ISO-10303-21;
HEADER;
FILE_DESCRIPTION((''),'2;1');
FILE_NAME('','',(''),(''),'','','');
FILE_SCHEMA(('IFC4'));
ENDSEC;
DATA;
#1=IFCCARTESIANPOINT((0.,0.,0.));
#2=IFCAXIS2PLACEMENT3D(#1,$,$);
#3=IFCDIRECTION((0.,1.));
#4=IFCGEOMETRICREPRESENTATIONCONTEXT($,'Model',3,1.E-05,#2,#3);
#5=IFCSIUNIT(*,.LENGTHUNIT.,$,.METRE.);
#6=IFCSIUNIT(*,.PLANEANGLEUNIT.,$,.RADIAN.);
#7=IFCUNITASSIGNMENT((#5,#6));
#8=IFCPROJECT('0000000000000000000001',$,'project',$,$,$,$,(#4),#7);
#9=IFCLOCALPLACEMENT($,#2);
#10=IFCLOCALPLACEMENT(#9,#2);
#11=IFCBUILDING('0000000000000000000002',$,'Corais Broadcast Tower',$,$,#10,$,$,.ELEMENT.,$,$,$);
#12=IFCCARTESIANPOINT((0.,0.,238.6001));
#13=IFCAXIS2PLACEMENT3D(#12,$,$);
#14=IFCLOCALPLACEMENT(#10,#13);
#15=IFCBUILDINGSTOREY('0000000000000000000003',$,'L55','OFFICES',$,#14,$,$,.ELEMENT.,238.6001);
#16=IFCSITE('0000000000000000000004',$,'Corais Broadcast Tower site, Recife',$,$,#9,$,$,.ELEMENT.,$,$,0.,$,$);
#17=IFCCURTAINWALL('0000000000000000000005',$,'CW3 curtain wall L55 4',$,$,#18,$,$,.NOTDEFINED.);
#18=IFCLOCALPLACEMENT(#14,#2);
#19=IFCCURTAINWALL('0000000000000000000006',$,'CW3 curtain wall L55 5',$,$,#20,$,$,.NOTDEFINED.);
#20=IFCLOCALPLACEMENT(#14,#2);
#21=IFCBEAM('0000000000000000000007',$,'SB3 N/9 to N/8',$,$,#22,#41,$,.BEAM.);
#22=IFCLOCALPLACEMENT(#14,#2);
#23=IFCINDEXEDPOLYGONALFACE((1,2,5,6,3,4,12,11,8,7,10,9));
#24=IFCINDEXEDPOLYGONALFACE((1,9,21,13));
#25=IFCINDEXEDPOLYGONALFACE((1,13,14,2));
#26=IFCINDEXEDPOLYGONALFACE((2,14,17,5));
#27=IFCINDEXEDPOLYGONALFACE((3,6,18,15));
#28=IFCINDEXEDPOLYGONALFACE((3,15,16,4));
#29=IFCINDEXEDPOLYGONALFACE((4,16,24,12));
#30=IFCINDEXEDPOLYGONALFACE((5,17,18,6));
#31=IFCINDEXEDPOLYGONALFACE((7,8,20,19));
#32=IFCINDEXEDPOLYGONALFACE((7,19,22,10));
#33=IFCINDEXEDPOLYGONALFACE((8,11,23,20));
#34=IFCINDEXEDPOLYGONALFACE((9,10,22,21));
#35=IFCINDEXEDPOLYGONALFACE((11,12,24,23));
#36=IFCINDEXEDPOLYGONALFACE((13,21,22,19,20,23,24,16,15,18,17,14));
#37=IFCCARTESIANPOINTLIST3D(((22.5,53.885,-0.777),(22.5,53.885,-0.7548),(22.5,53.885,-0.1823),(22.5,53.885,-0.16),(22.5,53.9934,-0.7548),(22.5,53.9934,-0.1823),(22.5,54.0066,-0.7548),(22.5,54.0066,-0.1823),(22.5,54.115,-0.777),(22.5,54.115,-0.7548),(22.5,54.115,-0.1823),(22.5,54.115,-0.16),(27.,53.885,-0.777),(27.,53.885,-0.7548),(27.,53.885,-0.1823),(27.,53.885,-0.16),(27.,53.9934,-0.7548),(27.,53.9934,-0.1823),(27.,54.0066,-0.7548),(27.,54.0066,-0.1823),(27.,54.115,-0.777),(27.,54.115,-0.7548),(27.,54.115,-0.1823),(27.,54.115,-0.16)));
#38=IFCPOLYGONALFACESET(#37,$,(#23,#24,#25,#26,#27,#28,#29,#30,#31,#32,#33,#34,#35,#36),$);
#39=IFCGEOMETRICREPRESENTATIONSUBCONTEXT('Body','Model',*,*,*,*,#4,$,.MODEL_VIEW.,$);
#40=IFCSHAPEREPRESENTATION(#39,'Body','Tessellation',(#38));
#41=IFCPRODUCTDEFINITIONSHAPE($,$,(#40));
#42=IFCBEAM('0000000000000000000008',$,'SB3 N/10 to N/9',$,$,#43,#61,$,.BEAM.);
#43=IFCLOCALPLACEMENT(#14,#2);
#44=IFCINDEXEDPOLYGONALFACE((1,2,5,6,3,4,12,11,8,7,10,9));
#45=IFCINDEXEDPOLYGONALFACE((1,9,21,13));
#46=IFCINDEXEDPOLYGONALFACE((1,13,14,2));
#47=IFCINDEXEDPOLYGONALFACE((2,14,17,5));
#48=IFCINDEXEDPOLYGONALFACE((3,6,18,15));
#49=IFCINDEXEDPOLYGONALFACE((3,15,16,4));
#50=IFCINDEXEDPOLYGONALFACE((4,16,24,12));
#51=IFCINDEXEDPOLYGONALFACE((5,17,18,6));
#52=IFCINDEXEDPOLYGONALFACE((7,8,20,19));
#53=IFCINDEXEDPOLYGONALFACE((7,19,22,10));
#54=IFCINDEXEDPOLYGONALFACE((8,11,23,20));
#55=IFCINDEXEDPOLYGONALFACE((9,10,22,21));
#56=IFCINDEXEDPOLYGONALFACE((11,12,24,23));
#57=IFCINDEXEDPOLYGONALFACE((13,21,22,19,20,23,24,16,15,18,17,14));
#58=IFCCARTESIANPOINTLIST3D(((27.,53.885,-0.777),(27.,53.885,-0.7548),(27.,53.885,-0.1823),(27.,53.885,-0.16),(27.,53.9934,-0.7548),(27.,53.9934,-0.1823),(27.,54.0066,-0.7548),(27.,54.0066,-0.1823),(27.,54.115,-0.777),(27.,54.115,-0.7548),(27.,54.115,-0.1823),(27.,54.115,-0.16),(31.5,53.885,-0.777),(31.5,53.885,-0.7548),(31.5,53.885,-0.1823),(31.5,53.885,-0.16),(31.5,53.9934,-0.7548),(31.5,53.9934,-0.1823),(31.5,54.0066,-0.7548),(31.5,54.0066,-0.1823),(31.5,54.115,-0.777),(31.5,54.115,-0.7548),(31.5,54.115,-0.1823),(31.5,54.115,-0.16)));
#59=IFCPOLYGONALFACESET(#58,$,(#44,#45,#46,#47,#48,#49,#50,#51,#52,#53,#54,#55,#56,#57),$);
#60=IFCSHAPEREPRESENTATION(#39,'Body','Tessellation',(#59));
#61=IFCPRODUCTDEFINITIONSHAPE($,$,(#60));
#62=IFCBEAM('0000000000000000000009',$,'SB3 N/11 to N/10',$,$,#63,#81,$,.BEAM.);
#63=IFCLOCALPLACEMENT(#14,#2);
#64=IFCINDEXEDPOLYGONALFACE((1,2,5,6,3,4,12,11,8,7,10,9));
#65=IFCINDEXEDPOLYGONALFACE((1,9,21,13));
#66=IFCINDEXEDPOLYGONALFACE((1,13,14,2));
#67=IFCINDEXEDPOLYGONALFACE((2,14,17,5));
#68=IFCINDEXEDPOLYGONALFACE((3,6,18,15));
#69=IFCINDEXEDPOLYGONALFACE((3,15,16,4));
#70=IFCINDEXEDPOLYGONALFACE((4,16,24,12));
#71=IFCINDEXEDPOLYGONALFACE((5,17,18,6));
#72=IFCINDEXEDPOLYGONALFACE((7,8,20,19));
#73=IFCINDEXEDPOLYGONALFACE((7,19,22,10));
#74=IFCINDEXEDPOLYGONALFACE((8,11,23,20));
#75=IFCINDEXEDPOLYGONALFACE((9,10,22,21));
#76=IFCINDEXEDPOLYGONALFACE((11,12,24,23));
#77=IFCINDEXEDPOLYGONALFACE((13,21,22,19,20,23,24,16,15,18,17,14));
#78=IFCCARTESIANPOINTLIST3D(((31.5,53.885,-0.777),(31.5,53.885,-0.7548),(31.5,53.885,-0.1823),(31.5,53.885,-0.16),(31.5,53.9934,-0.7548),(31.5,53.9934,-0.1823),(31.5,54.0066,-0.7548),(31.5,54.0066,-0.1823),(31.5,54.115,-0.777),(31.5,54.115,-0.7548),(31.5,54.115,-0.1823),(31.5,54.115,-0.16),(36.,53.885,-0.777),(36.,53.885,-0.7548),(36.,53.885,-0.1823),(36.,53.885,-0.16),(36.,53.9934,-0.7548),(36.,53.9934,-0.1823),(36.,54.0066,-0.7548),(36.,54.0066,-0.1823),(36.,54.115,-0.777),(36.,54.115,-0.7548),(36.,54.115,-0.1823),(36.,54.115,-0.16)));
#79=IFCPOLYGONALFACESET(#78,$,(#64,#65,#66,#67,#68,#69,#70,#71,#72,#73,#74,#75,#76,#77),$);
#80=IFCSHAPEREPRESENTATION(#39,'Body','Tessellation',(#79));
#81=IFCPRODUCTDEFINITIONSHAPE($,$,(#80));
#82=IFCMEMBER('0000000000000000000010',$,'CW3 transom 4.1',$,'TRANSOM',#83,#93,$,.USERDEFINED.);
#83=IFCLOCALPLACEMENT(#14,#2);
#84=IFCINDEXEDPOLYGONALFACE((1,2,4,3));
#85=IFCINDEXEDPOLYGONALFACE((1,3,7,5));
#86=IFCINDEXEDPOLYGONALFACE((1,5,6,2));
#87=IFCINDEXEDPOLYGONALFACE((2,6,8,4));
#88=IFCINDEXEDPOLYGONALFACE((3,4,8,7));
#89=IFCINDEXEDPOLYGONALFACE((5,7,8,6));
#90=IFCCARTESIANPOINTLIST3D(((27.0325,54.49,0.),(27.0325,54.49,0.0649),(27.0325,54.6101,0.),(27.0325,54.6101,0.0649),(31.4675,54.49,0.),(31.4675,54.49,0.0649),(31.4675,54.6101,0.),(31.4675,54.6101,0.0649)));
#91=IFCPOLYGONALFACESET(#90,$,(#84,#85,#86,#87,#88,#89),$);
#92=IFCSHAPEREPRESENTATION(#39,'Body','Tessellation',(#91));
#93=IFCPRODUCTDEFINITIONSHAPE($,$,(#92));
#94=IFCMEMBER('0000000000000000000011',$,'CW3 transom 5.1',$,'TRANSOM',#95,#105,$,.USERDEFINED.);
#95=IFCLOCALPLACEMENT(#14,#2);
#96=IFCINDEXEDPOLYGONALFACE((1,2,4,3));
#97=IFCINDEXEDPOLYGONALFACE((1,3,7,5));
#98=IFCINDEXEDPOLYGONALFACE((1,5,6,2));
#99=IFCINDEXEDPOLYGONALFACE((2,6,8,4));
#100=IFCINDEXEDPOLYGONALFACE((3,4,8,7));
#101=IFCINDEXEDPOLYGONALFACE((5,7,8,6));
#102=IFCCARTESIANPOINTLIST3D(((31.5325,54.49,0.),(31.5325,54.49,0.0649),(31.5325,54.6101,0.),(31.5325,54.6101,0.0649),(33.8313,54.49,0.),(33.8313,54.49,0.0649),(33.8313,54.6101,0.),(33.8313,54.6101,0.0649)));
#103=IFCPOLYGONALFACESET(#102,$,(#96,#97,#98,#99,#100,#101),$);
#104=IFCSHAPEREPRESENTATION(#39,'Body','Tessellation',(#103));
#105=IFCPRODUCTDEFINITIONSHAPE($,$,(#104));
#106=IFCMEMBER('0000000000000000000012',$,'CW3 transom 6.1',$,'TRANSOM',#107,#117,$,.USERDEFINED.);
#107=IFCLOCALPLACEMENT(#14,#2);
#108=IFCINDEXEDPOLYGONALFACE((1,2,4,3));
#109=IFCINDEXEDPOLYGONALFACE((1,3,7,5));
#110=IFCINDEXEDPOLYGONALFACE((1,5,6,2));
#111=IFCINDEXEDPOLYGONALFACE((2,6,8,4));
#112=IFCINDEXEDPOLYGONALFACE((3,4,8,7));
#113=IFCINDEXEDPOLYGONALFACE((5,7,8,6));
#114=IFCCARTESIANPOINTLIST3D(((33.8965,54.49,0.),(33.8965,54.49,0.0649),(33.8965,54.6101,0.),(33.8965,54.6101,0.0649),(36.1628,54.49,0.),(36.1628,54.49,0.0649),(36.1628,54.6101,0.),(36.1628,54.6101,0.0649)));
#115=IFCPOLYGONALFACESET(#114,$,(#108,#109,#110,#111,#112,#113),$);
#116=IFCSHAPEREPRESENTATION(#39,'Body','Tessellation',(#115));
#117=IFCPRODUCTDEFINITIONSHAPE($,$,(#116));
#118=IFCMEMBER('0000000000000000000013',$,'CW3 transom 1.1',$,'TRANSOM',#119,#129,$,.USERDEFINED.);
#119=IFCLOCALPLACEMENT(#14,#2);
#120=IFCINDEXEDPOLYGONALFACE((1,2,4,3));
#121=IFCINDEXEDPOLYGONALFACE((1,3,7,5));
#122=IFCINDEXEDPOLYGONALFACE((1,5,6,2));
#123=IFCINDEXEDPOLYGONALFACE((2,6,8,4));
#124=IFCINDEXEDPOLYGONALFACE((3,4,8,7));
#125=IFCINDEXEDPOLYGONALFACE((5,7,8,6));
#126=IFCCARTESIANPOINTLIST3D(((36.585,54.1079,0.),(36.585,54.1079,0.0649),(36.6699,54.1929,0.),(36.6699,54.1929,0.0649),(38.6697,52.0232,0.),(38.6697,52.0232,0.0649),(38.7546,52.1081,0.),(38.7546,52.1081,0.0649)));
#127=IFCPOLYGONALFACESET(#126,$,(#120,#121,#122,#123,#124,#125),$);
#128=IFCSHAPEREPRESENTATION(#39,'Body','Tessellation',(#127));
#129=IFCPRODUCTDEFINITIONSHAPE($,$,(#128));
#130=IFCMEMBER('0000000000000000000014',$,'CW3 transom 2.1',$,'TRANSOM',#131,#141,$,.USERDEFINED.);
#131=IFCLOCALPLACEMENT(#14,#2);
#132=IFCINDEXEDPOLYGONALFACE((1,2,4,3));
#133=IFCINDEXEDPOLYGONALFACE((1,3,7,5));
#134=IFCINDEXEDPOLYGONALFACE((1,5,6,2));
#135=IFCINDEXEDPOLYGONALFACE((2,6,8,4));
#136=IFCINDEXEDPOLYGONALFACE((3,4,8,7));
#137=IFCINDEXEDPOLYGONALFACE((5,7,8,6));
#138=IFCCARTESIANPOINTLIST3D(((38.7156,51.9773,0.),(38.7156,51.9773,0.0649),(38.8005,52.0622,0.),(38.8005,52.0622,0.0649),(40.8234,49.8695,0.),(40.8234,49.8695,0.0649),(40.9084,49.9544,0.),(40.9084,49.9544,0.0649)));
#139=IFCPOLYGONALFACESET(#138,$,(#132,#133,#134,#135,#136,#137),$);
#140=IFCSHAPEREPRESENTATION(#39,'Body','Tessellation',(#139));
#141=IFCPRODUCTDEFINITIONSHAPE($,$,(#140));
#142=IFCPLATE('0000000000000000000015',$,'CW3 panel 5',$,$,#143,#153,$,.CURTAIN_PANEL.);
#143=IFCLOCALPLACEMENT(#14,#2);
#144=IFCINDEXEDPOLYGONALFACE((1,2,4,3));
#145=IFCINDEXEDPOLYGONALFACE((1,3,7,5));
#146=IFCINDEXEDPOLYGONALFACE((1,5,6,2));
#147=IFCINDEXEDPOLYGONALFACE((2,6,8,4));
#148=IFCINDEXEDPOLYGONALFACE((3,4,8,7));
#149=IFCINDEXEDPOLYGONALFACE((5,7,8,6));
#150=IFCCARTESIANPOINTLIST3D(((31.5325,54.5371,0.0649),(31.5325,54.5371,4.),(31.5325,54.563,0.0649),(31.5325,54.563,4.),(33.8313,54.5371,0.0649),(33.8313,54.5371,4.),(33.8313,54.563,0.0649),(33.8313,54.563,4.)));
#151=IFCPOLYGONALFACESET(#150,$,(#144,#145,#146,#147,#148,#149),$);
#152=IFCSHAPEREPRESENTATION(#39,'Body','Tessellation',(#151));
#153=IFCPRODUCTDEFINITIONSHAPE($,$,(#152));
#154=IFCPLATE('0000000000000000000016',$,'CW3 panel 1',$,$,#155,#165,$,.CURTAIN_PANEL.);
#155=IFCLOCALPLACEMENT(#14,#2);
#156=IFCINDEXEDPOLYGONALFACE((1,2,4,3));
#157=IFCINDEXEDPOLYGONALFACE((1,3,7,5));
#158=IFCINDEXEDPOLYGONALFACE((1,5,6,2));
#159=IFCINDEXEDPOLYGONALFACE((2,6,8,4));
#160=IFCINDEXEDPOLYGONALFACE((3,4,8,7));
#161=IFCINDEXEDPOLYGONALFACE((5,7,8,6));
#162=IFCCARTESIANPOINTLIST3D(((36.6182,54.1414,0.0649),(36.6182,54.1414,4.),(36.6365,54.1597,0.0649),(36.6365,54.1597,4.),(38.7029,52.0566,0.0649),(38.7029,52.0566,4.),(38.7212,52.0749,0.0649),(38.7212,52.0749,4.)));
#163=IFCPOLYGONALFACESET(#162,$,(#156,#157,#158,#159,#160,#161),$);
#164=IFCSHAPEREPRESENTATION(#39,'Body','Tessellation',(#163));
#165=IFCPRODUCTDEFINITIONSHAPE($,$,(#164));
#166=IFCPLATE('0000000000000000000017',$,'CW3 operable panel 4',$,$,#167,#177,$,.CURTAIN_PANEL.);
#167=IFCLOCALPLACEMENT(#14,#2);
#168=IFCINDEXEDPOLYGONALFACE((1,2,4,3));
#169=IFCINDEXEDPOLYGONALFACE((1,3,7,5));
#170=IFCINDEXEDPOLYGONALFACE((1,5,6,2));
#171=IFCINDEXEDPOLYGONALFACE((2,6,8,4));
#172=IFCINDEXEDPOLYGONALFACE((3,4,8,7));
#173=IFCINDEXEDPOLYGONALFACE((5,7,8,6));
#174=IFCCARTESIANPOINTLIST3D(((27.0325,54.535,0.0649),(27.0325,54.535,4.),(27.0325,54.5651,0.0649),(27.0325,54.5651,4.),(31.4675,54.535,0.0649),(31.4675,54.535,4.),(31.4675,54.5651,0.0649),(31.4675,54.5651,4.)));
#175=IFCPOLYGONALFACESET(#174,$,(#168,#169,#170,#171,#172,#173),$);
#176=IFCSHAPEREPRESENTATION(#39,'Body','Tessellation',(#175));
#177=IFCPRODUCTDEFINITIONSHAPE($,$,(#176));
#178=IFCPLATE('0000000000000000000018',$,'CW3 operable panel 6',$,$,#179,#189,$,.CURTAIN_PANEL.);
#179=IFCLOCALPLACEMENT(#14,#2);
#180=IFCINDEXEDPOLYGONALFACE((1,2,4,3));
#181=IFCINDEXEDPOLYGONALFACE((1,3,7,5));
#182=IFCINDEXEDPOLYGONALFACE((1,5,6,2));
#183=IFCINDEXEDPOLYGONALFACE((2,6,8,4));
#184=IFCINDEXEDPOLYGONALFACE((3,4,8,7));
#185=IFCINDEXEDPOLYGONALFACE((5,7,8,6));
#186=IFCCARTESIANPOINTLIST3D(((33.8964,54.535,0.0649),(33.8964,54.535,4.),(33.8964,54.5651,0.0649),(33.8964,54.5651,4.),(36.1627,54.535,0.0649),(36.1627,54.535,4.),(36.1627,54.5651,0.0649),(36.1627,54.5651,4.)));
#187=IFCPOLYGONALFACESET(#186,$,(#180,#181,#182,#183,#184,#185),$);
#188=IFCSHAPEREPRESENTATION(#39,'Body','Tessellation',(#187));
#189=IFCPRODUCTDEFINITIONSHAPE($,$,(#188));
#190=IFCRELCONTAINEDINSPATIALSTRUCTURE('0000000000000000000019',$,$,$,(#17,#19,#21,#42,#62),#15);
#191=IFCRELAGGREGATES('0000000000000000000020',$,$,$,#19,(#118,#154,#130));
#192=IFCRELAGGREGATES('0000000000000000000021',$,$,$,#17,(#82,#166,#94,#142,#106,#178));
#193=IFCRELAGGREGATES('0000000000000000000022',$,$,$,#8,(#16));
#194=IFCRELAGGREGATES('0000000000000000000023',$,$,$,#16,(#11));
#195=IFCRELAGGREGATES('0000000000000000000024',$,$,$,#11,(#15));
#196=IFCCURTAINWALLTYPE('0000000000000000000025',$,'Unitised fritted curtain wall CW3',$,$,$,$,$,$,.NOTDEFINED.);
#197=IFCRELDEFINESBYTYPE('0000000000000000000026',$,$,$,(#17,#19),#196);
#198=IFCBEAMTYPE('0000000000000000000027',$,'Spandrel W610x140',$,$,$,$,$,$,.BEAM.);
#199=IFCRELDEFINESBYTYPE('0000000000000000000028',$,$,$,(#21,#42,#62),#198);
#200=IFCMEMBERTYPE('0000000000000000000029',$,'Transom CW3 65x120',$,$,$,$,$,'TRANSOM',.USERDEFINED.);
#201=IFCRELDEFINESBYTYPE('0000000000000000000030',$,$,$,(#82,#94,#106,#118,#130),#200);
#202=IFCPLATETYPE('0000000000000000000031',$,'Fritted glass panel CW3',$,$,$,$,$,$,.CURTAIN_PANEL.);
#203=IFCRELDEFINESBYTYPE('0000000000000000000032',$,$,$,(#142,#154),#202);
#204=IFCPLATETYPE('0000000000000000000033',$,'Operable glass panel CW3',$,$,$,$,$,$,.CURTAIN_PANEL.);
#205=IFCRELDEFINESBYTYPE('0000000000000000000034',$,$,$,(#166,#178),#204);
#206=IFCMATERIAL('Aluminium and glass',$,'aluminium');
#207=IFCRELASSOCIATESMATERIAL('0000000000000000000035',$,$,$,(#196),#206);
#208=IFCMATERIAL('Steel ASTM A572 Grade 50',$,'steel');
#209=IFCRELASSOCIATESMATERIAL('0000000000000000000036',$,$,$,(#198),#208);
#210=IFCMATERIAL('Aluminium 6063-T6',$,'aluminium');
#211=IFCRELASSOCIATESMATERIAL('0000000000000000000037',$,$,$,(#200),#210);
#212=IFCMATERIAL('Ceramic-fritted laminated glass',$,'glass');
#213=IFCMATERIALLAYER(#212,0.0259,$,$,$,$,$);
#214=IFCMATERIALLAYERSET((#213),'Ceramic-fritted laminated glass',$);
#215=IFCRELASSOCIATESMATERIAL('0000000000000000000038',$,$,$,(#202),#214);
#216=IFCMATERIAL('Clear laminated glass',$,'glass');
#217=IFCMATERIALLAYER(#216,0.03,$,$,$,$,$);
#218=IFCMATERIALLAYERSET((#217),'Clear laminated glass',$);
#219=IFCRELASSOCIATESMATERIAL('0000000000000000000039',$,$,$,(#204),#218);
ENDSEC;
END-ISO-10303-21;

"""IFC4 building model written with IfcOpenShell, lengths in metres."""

from ifc_helpers import new_model, si_unit, direction, frame, origin, origin_2d, place, context, subcontext, project, spatial, rectangle, i_section, extrude, material, layer, layer_set, material_profile, profile_set, type_object, element, aggregate, save


model = new_model("IFC4")

# Units and contexts
model_context = context("Model", 3, precision=1e-05, world=origin(), true_north=direction((0.0, 1.0)))
body_context = subcontext(model_context, "Body", "Model", "MODEL_VIEW")
ifc_project = project(units=[si_unit("LENGTHUNIT", "METRE"), si_unit("PLANEANGLEUNIT", "RADIAN")], contexts=[model_context])

# Site, building, storey
site_placement = place(None, origin())
site = spatial("IfcSite", under=ifc_project, at=site_placement, Name="Corais Broadcast Tower site, Recife", CompositionType="ELEMENT", RefElevation=0.0)
building_placement = place(site_placement, origin())
building = spatial("IfcBuilding", under=site, at=building_placement, Name="Corais Broadcast Tower", CompositionType="ELEMENT")
storey_placement = place(building_placement, frame((0.0, 0.0, 238.6001)))
storey = spatial("IfcBuildingStorey", under=building, at=storey_placement, Name="L55", Description="OFFICES", CompositionType="ELEMENT", Elevation=238.6001)

# Curtain walls
ifc_material_1 = material(Name="Aluminium and glass", Category="aluminium")
curtain_wall_type = type_object("IfcCurtainWallType", Name="Unitised fritted curtain wall CW3", PredefinedType="NOTDEFINED", material=ifc_material_1)
curtain_wall_1_placement = place(storey_placement, origin())
curtain_wall_1 = element("IfcCurtainWall", 1, at=curtain_wall_1_placement, inside=storey, type_object=curtain_wall_type, Name="CW3 curtain wall L55 4", PredefinedType="NOTDEFINED")
curtain_wall_2_placement = place(storey_placement, origin())
curtain_wall_2 = element("IfcCurtainWall", 2, at=curtain_wall_2_placement, inside=storey, type_object=curtain_wall_type, Name="CW3 curtain wall L55 5", PredefinedType="NOTDEFINED")

# Beams
ifc_material_2 = material(Name="Steel ASTM A572 Grade 50", Category="steel")
ifc_material_profile_1 = material_profile(ifc_material_2, i_section(OverallWidth=0.23, OverallDepth=0.6169, WebThickness=0.0132, FlangeThickness=0.0222, at=origin_2d()), Name="W610x140")
ifc_profile_set_1 = profile_set([ifc_material_profile_1], Name="Steel ASTM A572 Grade 50")
beam_type_1 = type_object("IfcBeamType", Name="Spandrel W610x140", PredefinedType="BEAM", material=ifc_profile_set_1)
for number, where, z_axis, x_axis, name in (
    (3, (27.0, 54.0, -0.4685), (-1.0, 0.0, 0.0), (0.0, -1.0, 0.0), "SB3 N/9 to N/8"),
    (4, (31.5, 54.0, -0.4685), (-1.0, 0.0, 0.0), (0.0, -1.0, 0.0), "SB3 N/10 to N/9"),
    (5, (36.0, 54.0, -0.4685), (-1.0, 0.0, 0.0), (0.0, -1.0, 0.0), "SB3 N/11 to N/10"),
):
    element("IfcBeam", number, at=place(storey_placement, frame(where, z_axis=z_axis, x_axis=x_axis)), inside=storey, type_object=beam_type_1, Name=name, PredefinedType="BEAM", context=body_context, shape_type="SweptSolid", body=[
        extrude(i_section(OverallWidth=0.23, OverallDepth=0.6169, WebThickness=0.0132, FlangeThickness=0.0222, at=origin_2d()), origin(), (0.0, 0.0, 1.0), 4.5),
    ])

# Members
ifc_material_3 = material(Name="Aluminium 6063-T6", Category="aluminium")
ifc_material_profile_2 = material_profile(ifc_material_3, rectangle(XDim=0.1201, YDim=0.0649, at=origin_2d()), Name="Transom CW3 65x120")
ifc_profile_set_2 = profile_set([ifc_material_profile_2], Name="Aluminium 6063-T6")
member_type_1 = type_object("IfcMemberType", Name="Transom CW3 65x120", ElementType="TRANSOM", PredefinedType="USERDEFINED", material=ifc_profile_set_2)
member_1_placement = place(storey_placement, frame((27.0325, 54.55, 0.0325), z_axis=(1.0, 0.0, 0.0), x_axis=(0.0, 1.0, 0.0)))
member_1 = element("IfcMember", 6, at=member_1_placement, type_object=member_type_1, Name="CW3 transom 4.1", ObjectType="TRANSOM", PredefinedType="USERDEFINED", context=body_context, shape_type="SweptSolid", body=[
    extrude(rectangle(XDim=0.1201, YDim=0.0649, at=origin_2d()), origin(), (0.0, 0.0, 1.0), 4.4351),
])
member_2_placement = place(storey_placement, frame((31.5325, 54.55, 0.0325), z_axis=(1.0, 0.0, 0.0), x_axis=(0.0, 1.0, 0.0)))
member_2 = element("IfcMember", 7, at=member_2_placement, type_object=member_type_1, Name="CW3 transom 5.1", ObjectType="TRANSOM", PredefinedType="USERDEFINED", context=body_context, shape_type="SweptSolid", body=[
    extrude(rectangle(XDim=0.1201, YDim=0.0649, at=origin_2d()), origin(), (0.0, 0.0, 1.0), 2.2988),
])
member_3_placement = place(storey_placement, frame((33.8965, 54.55, 0.0325), z_axis=(1.0, 0.0, 0.0), x_axis=(0.0, 1.0, 0.0)))
member_3 = element("IfcMember", 8, at=member_3_placement, type_object=member_type_1, Name="CW3 transom 6.1", ObjectType="TRANSOM", PredefinedType="USERDEFINED", context=body_context, shape_type="SweptSolid", body=[
    extrude(rectangle(XDim=0.1201, YDim=0.0649, at=origin_2d()), origin(), (0.0, 0.0, 1.0), 2.2664),
])
member_4_placement = place(storey_placement, frame((36.6274, 54.1504, 0.0325), z_axis=(0.707107, -0.707107, 0.0), x_axis=(0.707107, 0.707107, 0.0)))
member_4 = element("IfcMember", 9, at=member_4_placement, type_object=member_type_1, Name="CW3 transom 1.1", ObjectType="TRANSOM", PredefinedType="USERDEFINED", context=body_context, shape_type="SweptSolid", body=[
    extrude(rectangle(XDim=0.1201, YDim=0.0649, at=origin_2d()), origin(), (0.0, 0.0, 1.0), 2.9482),
])
member_5_placement = place(storey_placement, frame((38.7581, 52.0198, 0.0325), z_axis=(0.707107, -0.707107, 0.0), x_axis=(0.707107, 0.707107, 0.0)))
member_5 = element("IfcMember", 10, at=member_5_placement, type_object=member_type_1, Name="CW3 transom 2.1", ObjectType="TRANSOM", PredefinedType="USERDEFINED", context=body_context, shape_type="SweptSolid", body=[
    extrude(rectangle(XDim=0.1201, YDim=0.0649, at=origin_2d()), origin(), (0.0, 0.0, 1.0), 2.981),
])

# Plates
ifc_material_4 = material(Name="Ceramic-fritted laminated glass", Category="glass")
ifc_layer_1 = layer(ifc_material_4, 0.0259)
ifc_layer_set_1 = layer_set([ifc_layer_1], Name="Ceramic-fritted laminated glass")
plate_type_1 = type_object("IfcPlateType", Name="Fritted glass panel CW3", PredefinedType="CURTAIN_PANEL", material=ifc_layer_set_1)
plate_1_placement = place(storey_placement, frame((32.6819, 54.55, 0.0649), z_axis=(0.0, 0.0, 1.0), x_axis=(1.0, 0.0, 0.0)))
plate_1 = element("IfcPlate", 11, at=plate_1_placement, type_object=plate_type_1, Name="CW3 panel 5", PredefinedType="CURTAIN_PANEL", context=body_context, shape_type="SweptSolid", body=[
    extrude(rectangle(XDim=2.2988, YDim=0.0259, at=origin_2d()), origin(), (0.0, 0.0, 1.0), 3.9351),
])
plate_2_placement = place(storey_placement, frame((37.6697, 53.1082, 0.0649), z_axis=(0.0, 0.0, 1.0), x_axis=(0.707107, -0.707107, 0.0)))
plate_2 = element("IfcPlate", 12, at=plate_2_placement, type_object=plate_type_1, Name="CW3 panel 1", PredefinedType="CURTAIN_PANEL", context=body_context, shape_type="SweptSolid", body=[
    extrude(rectangle(XDim=2.9482, YDim=0.0259, at=origin_2d()), origin(), (0.0, 0.0, 1.0), 3.9351),
])
aggregate(curtain_wall_2, [member_4, plate_2, member_5])
ifc_material_5 = material(Name="Clear laminated glass", Category="glass")
ifc_layer_2 = layer(ifc_material_5, 0.03)
ifc_layer_set_2 = layer_set([ifc_layer_2], Name="Clear laminated glass")
plate_type_2 = type_object("IfcPlateType", Name="Operable glass panel CW3", PredefinedType="CURTAIN_PANEL", material=ifc_layer_set_2)
plate_3_placement = place(storey_placement, frame((29.25, 54.55, 0.0649), z_axis=(0.0, 0.0, 1.0), x_axis=(1.0, 0.0, 0.0)))
plate_3 = element("IfcPlate", 13, at=plate_3_placement, type_object=plate_type_2, Name="CW3 operable panel 4", PredefinedType="CURTAIN_PANEL", context=body_context, shape_type="SweptSolid", body=[
    extrude(rectangle(XDim=4.4351, YDim=0.03, at=origin_2d()), origin(), (0.0, 0.0, 1.0), 3.9351),
])
plate_4_placement = place(storey_placement, frame((35.0295, 54.55, 0.0649), z_axis=(0.0, 0.0, 1.0), x_axis=(1.0, 0.0, 0.0)))
plate_4 = element("IfcPlate", 14, at=plate_4_placement, type_object=plate_type_2, Name="CW3 operable panel 6", PredefinedType="CURTAIN_PANEL", context=body_context, shape_type="SweptSolid", body=[
    extrude(rectangle(XDim=2.2664, YDim=0.03, at=origin_2d()), origin(), (0.0, 0.0, 1.0), 3.9351),
])
aggregate(curtain_wall_1, [member_1, plate_3, member_2, plate_1, member_3, plate_4])

save(model, "model.ifc")
